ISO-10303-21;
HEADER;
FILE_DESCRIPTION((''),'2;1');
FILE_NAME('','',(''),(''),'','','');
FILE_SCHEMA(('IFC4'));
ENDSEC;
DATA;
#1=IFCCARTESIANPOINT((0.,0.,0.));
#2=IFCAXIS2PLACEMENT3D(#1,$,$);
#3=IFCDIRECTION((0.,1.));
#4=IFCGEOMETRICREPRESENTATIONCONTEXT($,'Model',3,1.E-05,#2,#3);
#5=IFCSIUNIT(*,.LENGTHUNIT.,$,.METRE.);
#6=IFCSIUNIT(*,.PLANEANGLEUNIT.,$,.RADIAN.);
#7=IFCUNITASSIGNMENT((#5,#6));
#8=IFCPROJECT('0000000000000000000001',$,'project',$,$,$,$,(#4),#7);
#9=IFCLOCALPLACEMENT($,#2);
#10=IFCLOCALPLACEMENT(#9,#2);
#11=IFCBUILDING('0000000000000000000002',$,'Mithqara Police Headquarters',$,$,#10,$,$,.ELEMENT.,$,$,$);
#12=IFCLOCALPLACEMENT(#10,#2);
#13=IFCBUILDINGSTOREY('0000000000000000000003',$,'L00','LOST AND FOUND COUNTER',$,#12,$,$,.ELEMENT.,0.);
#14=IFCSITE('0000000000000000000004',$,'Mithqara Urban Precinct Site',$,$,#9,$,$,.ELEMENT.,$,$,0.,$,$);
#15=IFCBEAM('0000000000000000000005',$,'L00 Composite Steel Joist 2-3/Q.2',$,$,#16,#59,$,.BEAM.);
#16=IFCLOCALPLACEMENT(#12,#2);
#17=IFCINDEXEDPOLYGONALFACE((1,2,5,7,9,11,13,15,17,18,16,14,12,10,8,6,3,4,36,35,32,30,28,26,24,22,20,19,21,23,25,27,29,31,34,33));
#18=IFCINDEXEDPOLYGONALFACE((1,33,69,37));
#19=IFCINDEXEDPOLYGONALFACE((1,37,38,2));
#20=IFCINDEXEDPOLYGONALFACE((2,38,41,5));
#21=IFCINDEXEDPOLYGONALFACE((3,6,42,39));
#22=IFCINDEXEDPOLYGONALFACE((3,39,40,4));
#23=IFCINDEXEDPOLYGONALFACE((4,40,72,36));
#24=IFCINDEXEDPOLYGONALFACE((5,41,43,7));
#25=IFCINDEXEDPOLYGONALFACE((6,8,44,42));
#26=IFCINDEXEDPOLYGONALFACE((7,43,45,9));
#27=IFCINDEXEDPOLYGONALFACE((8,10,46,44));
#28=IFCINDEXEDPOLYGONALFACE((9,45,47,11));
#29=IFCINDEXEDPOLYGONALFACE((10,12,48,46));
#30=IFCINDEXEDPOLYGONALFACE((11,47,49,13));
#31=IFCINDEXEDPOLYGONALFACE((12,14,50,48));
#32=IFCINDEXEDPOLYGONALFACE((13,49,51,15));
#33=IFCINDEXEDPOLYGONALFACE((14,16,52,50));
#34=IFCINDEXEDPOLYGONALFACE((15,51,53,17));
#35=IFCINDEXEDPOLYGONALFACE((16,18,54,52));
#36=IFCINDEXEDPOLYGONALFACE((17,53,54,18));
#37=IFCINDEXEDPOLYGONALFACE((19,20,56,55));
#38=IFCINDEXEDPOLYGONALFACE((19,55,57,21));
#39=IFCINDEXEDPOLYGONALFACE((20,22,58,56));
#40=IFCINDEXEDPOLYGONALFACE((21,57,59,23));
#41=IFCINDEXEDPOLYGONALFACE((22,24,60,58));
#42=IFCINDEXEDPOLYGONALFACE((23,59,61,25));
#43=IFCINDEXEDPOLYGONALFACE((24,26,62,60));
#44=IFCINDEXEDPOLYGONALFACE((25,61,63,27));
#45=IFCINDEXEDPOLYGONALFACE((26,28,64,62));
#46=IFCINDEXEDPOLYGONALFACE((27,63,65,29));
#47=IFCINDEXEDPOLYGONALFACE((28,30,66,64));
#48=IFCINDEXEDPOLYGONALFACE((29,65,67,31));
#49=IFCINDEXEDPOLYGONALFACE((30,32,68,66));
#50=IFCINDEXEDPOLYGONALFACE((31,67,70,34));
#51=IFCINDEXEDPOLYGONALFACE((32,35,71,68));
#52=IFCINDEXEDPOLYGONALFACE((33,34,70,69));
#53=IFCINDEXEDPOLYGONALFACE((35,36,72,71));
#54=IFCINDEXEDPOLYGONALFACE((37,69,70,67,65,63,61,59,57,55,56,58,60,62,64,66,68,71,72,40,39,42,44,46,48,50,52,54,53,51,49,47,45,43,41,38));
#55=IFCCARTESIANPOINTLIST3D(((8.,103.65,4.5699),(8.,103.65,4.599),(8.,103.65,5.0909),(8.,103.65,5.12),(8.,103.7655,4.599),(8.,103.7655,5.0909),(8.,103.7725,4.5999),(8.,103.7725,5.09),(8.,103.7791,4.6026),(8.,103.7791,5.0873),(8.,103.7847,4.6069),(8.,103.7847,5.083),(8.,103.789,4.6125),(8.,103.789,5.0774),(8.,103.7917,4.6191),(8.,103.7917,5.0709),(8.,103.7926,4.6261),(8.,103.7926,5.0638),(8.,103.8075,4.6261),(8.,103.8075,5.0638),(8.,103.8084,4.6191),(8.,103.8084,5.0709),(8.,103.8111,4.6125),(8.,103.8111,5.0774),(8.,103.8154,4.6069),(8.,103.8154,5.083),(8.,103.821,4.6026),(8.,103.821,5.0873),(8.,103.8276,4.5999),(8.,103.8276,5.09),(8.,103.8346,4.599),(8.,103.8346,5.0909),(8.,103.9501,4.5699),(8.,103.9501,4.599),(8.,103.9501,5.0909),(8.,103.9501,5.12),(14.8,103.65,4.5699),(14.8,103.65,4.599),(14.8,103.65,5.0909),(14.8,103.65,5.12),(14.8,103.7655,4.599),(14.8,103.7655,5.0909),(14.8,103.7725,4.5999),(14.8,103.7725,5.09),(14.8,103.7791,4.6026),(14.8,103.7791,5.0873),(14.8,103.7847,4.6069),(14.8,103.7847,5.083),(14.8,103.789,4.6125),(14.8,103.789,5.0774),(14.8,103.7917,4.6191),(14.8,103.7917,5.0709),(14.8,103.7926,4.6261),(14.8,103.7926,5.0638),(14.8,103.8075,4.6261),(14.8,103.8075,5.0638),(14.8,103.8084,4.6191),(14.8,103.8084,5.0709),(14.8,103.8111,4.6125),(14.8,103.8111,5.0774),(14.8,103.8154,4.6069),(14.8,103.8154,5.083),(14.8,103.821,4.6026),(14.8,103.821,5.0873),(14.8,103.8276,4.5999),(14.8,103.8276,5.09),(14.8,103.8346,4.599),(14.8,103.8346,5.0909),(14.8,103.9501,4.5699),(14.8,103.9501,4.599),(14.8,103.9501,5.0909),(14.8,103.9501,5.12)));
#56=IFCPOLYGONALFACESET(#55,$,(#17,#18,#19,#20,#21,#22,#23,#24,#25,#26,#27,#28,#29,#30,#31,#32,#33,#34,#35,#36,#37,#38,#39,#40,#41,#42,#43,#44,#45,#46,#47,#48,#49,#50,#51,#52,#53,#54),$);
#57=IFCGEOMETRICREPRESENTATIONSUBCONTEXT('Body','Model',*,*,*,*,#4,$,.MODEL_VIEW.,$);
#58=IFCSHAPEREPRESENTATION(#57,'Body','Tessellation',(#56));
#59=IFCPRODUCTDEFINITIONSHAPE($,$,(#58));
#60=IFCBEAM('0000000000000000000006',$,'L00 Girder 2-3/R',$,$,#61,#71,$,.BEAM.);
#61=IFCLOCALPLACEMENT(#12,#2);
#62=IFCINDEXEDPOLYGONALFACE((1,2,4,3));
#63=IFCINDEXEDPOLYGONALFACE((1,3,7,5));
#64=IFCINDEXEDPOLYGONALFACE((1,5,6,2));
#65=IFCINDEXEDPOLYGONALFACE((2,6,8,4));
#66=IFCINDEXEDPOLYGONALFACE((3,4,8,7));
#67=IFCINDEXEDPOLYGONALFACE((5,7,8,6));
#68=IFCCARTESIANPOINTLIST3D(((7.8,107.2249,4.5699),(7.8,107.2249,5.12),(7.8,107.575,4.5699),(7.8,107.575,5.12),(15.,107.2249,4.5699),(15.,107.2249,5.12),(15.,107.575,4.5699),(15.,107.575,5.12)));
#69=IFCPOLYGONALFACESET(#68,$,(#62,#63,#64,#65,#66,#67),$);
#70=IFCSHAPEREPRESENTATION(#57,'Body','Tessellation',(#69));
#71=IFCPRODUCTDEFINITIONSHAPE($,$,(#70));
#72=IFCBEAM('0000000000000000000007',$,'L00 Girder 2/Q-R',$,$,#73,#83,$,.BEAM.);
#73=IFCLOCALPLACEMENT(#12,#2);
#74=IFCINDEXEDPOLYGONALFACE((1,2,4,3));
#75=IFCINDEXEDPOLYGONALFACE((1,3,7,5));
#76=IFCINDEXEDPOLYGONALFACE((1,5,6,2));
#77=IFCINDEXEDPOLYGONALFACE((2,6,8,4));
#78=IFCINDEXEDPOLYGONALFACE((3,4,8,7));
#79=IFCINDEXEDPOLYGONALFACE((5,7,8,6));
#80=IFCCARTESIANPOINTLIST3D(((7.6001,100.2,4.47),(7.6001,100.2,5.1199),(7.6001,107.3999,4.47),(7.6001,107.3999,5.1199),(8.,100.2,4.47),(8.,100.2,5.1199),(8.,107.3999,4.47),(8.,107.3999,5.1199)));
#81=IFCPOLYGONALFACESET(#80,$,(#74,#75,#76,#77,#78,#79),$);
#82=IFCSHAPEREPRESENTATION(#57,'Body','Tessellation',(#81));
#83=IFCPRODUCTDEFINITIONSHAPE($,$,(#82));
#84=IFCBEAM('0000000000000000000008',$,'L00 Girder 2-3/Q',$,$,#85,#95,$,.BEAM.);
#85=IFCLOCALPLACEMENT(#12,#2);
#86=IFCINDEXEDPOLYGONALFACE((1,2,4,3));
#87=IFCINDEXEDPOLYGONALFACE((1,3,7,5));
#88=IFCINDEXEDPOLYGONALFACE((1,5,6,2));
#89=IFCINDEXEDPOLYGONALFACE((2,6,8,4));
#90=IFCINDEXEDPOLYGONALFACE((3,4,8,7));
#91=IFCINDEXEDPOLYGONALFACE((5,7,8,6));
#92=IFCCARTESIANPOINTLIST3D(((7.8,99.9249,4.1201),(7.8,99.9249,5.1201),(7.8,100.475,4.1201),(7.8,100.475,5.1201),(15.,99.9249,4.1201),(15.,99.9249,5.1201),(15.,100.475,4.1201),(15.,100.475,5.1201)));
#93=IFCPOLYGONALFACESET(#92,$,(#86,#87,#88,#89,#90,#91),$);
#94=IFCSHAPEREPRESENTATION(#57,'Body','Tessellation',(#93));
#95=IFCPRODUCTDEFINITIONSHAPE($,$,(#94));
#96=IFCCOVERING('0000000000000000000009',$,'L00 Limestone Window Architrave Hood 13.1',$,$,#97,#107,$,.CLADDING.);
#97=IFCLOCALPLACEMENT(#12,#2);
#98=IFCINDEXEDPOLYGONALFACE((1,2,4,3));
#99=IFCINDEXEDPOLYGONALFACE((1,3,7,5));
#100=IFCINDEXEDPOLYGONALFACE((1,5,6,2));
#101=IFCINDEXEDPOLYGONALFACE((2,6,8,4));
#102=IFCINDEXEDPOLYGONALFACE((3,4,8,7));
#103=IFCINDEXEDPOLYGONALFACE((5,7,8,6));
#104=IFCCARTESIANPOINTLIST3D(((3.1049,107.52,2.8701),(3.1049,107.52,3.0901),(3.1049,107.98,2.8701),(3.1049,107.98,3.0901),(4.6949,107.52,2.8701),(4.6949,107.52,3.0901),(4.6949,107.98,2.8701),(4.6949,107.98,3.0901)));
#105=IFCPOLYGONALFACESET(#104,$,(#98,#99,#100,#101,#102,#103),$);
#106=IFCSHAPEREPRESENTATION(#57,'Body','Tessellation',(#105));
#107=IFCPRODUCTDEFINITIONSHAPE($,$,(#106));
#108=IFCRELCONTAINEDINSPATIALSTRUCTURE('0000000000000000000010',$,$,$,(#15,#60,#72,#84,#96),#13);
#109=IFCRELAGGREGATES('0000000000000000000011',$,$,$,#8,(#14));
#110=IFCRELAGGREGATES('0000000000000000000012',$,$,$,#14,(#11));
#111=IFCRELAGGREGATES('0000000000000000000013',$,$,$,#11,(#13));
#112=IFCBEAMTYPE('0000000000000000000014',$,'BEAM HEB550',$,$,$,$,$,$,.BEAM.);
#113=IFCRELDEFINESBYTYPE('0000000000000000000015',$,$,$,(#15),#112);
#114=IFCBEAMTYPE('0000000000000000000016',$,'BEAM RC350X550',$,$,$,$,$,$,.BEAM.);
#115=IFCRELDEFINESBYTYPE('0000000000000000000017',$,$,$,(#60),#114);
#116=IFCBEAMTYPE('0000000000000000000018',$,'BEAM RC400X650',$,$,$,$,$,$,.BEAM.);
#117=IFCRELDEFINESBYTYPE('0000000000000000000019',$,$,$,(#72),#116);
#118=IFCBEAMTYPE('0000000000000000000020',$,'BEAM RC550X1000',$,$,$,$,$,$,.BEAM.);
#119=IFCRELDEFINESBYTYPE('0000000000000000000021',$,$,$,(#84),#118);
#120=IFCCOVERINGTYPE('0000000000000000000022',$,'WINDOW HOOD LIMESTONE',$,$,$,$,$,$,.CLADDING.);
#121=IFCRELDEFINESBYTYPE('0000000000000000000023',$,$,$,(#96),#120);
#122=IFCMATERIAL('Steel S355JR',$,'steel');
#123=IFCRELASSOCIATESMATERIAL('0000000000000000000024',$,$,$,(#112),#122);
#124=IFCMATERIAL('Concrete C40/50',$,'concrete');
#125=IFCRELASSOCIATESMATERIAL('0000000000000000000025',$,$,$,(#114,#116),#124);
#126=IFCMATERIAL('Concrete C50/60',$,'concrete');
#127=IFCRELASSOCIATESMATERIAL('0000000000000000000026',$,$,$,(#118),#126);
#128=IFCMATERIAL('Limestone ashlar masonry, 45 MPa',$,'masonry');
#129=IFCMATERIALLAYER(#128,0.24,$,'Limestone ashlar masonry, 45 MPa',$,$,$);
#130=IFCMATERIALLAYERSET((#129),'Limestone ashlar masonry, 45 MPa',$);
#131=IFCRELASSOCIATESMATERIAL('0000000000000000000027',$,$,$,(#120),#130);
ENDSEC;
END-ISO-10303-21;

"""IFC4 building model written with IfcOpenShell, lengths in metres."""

from ifc_helpers import new_model, si_unit, direction, frame, origin, origin_2d, place, context, subcontext, project, spatial, rectangle, i_section, extrude, material, layer, layer_set, material_profile, profile_set, type_object, element, save


model = new_model("IFC4")

# Units and contexts
model_context = context("Model", 3, precision=1e-05, world=origin(), true_north=direction((0.0, 1.0)))
body_context = subcontext(model_context, "Body", "Model", "MODEL_VIEW")
ifc_project = project(units=[si_unit("LENGTHUNIT", "METRE"), si_unit("PLANEANGLEUNIT", "RADIAN")], contexts=[model_context])

# Site, building, storey
site_placement = place(None, origin())
site = spatial("IfcSite", under=ifc_project, at=site_placement, Name="Mithqara Urban Precinct Site", CompositionType="ELEMENT", RefElevation=0.0)
building_placement = place(site_placement, origin())
building = spatial("IfcBuilding", under=site, at=building_placement, Name="Mithqara Police Headquarters", CompositionType="ELEMENT")
storey_placement = place(building_placement, origin())
storey = spatial("IfcBuildingStorey", under=building, at=storey_placement, Name="L00", Description="LOST AND FOUND COUNTER", CompositionType="ELEMENT", Elevation=0.0)

# Shared definitions
ifc_material_1 = material(Name="Concrete C40/50", Category="concrete")

# Shared definitions
ifc_material_2 = material(Name="Concrete C50/60", Category="concrete")

# Beams
ifc_material_3 = material(Name="Steel S355JR", Category="steel")
ifc_material_profile_1 = material_profile(ifc_material_3, i_section(OverallWidth=0.3, OverallDepth=0.55, WebThickness=0.0149, FlangeThickness=0.0291, FilletRadius=0.0271, at=origin_2d()), Name="HEB 550")
ifc_profile_set_1 = profile_set([ifc_material_profile_1], Name="Steel S355JR")
beam_type_1 = type_object("IfcBeamType", Name="BEAM HEB550", PredefinedType="BEAM", material=ifc_profile_set_1)
for number, where, z_axis, x_axis, name in (
    (1, (8.0, 103.8, 4.845), (1.0, 0.0, 0.0), (0.0, 1.0, 0.0), "L00 Composite Steel Joist 2-3/Q.2"),
):
    element("IfcBeam", number, at=place(storey_placement, frame(where, z_axis=z_axis, x_axis=x_axis)), inside=storey, type_object=beam_type_1, Name=name, PredefinedType="BEAM", context=body_context, shape_type="SweptSolid", body=[
        extrude(i_section(OverallWidth=0.3, OverallDepth=0.55, WebThickness=0.0149, FlangeThickness=0.0291, FilletRadius=0.0271, at=origin_2d()), origin(), (0.0, 0.0, 1.0), 6.8),
    ])
ifc_material_profile_2 = material_profile(ifc_material_1, rectangle(XDim=0.3501, YDim=0.55, at=origin_2d()), Name="RC 350x550")
ifc_profile_set_2 = profile_set([ifc_material_profile_2], Name="Concrete C40/50")
beam_type_2 = type_object("IfcBeamType", Name="BEAM RC350X550", PredefinedType="BEAM", material=ifc_profile_set_2)
beam_1_placement = place(storey_placement, frame((7.8, 107.3999, 4.845), z_axis=(1.0, 0.0, 0.0), x_axis=(0.0, 1.0, 0.0)))
element("IfcBeam", 2, at=beam_1_placement, inside=storey, type_object=beam_type_2, Name="L00 Girder 2-3/R", PredefinedType="BEAM", context=body_context, shape_type="SweptSolid", body=[
    extrude(rectangle(XDim=0.3501, YDim=0.55, at=origin_2d()), origin(), (0.0, 0.0, 1.0), 7.2),
])
ifc_material_profile_3 = material_profile(ifc_material_1, rectangle(XDim=0.3999, YDim=0.6499, at=origin_2d()), Name="RC 400x650")
ifc_profile_set_3 = profile_set([ifc_material_profile_3], Name="Concrete C40/50")
beam_type_3 = type_object("IfcBeamType", Name="BEAM RC400X650", PredefinedType="BEAM", material=ifc_profile_set_3)
beam_2_placement = place(storey_placement, frame((7.8, 100.2, 4.7949), z_axis=(0.0, 1.0, 0.0), x_axis=(-1.0, 0.0, 0.0)))
element("IfcBeam", 3, at=beam_2_placement, inside=storey, type_object=beam_type_3, Name="L00 Girder 2/Q-R", PredefinedType="BEAM", context=body_context, shape_type="SweptSolid", body=[
    extrude(rectangle(XDim=0.3999, YDim=0.6499, at=origin_2d()), origin(), (0.0, 0.0, 1.0), 7.2),
])
ifc_material_profile_4 = material_profile(ifc_material_2, rectangle(XDim=0.55, YDim=1.0, at=origin_2d()), Name="RC 550x1000")
ifc_profile_set_4 = profile_set([ifc_material_profile_4], Name="Concrete C50/60")
beam_type_4 = type_object("IfcBeamType", Name="BEAM RC550X1000", PredefinedType="BEAM", material=ifc_profile_set_4)
beam_3_placement = place(storey_placement, frame((7.8, 100.2, 4.6201), z_axis=(1.0, 0.0, 0.0), x_axis=(0.0, 1.0, 0.0)))
element("IfcBeam", 4, at=beam_3_placement, inside=storey, type_object=beam_type_4, Name="L00 Girder 2-3/Q", PredefinedType="BEAM", context=body_context, shape_type="SweptSolid", body=[
    extrude(rectangle(XDim=0.55, YDim=1.0, at=origin_2d()), origin(), (0.0, 0.0, 1.0), 7.2),
])

# Covering
ifc_material_4 = material(Name="Limestone ashlar masonry, 45 MPa", Category="masonry")
ifc_layer = layer(ifc_material_4, 0.24, Name="Limestone ashlar masonry, 45 MPa")
ifc_layer_set = layer_set([ifc_layer], Name="Limestone ashlar masonry, 45 MPa")
covering_type = type_object("IfcCoveringType", Name="WINDOW HOOD LIMESTONE", PredefinedType="CLADDING", material=ifc_layer_set)
covering_placement = place(storey_placement, frame((3.8999, 107.75, 2.8701), z_axis=(0.0, 0.0, 1.0), x_axis=(1.0, 0.0, 0.0)))
element("IfcCovering", 5, at=covering_placement, inside=storey, type_object=covering_type, Name="L00 Limestone Window Architrave Hood 13.1", PredefinedType="CLADDING", context=body_context, shape_type="SweptSolid", body=[
    extrude(rectangle(XDim=1.5901, YDim=0.46, at=origin_2d()), origin(), (0.0, 0.0, 1.0), 0.22),
])

save(model, "model.ifc")
